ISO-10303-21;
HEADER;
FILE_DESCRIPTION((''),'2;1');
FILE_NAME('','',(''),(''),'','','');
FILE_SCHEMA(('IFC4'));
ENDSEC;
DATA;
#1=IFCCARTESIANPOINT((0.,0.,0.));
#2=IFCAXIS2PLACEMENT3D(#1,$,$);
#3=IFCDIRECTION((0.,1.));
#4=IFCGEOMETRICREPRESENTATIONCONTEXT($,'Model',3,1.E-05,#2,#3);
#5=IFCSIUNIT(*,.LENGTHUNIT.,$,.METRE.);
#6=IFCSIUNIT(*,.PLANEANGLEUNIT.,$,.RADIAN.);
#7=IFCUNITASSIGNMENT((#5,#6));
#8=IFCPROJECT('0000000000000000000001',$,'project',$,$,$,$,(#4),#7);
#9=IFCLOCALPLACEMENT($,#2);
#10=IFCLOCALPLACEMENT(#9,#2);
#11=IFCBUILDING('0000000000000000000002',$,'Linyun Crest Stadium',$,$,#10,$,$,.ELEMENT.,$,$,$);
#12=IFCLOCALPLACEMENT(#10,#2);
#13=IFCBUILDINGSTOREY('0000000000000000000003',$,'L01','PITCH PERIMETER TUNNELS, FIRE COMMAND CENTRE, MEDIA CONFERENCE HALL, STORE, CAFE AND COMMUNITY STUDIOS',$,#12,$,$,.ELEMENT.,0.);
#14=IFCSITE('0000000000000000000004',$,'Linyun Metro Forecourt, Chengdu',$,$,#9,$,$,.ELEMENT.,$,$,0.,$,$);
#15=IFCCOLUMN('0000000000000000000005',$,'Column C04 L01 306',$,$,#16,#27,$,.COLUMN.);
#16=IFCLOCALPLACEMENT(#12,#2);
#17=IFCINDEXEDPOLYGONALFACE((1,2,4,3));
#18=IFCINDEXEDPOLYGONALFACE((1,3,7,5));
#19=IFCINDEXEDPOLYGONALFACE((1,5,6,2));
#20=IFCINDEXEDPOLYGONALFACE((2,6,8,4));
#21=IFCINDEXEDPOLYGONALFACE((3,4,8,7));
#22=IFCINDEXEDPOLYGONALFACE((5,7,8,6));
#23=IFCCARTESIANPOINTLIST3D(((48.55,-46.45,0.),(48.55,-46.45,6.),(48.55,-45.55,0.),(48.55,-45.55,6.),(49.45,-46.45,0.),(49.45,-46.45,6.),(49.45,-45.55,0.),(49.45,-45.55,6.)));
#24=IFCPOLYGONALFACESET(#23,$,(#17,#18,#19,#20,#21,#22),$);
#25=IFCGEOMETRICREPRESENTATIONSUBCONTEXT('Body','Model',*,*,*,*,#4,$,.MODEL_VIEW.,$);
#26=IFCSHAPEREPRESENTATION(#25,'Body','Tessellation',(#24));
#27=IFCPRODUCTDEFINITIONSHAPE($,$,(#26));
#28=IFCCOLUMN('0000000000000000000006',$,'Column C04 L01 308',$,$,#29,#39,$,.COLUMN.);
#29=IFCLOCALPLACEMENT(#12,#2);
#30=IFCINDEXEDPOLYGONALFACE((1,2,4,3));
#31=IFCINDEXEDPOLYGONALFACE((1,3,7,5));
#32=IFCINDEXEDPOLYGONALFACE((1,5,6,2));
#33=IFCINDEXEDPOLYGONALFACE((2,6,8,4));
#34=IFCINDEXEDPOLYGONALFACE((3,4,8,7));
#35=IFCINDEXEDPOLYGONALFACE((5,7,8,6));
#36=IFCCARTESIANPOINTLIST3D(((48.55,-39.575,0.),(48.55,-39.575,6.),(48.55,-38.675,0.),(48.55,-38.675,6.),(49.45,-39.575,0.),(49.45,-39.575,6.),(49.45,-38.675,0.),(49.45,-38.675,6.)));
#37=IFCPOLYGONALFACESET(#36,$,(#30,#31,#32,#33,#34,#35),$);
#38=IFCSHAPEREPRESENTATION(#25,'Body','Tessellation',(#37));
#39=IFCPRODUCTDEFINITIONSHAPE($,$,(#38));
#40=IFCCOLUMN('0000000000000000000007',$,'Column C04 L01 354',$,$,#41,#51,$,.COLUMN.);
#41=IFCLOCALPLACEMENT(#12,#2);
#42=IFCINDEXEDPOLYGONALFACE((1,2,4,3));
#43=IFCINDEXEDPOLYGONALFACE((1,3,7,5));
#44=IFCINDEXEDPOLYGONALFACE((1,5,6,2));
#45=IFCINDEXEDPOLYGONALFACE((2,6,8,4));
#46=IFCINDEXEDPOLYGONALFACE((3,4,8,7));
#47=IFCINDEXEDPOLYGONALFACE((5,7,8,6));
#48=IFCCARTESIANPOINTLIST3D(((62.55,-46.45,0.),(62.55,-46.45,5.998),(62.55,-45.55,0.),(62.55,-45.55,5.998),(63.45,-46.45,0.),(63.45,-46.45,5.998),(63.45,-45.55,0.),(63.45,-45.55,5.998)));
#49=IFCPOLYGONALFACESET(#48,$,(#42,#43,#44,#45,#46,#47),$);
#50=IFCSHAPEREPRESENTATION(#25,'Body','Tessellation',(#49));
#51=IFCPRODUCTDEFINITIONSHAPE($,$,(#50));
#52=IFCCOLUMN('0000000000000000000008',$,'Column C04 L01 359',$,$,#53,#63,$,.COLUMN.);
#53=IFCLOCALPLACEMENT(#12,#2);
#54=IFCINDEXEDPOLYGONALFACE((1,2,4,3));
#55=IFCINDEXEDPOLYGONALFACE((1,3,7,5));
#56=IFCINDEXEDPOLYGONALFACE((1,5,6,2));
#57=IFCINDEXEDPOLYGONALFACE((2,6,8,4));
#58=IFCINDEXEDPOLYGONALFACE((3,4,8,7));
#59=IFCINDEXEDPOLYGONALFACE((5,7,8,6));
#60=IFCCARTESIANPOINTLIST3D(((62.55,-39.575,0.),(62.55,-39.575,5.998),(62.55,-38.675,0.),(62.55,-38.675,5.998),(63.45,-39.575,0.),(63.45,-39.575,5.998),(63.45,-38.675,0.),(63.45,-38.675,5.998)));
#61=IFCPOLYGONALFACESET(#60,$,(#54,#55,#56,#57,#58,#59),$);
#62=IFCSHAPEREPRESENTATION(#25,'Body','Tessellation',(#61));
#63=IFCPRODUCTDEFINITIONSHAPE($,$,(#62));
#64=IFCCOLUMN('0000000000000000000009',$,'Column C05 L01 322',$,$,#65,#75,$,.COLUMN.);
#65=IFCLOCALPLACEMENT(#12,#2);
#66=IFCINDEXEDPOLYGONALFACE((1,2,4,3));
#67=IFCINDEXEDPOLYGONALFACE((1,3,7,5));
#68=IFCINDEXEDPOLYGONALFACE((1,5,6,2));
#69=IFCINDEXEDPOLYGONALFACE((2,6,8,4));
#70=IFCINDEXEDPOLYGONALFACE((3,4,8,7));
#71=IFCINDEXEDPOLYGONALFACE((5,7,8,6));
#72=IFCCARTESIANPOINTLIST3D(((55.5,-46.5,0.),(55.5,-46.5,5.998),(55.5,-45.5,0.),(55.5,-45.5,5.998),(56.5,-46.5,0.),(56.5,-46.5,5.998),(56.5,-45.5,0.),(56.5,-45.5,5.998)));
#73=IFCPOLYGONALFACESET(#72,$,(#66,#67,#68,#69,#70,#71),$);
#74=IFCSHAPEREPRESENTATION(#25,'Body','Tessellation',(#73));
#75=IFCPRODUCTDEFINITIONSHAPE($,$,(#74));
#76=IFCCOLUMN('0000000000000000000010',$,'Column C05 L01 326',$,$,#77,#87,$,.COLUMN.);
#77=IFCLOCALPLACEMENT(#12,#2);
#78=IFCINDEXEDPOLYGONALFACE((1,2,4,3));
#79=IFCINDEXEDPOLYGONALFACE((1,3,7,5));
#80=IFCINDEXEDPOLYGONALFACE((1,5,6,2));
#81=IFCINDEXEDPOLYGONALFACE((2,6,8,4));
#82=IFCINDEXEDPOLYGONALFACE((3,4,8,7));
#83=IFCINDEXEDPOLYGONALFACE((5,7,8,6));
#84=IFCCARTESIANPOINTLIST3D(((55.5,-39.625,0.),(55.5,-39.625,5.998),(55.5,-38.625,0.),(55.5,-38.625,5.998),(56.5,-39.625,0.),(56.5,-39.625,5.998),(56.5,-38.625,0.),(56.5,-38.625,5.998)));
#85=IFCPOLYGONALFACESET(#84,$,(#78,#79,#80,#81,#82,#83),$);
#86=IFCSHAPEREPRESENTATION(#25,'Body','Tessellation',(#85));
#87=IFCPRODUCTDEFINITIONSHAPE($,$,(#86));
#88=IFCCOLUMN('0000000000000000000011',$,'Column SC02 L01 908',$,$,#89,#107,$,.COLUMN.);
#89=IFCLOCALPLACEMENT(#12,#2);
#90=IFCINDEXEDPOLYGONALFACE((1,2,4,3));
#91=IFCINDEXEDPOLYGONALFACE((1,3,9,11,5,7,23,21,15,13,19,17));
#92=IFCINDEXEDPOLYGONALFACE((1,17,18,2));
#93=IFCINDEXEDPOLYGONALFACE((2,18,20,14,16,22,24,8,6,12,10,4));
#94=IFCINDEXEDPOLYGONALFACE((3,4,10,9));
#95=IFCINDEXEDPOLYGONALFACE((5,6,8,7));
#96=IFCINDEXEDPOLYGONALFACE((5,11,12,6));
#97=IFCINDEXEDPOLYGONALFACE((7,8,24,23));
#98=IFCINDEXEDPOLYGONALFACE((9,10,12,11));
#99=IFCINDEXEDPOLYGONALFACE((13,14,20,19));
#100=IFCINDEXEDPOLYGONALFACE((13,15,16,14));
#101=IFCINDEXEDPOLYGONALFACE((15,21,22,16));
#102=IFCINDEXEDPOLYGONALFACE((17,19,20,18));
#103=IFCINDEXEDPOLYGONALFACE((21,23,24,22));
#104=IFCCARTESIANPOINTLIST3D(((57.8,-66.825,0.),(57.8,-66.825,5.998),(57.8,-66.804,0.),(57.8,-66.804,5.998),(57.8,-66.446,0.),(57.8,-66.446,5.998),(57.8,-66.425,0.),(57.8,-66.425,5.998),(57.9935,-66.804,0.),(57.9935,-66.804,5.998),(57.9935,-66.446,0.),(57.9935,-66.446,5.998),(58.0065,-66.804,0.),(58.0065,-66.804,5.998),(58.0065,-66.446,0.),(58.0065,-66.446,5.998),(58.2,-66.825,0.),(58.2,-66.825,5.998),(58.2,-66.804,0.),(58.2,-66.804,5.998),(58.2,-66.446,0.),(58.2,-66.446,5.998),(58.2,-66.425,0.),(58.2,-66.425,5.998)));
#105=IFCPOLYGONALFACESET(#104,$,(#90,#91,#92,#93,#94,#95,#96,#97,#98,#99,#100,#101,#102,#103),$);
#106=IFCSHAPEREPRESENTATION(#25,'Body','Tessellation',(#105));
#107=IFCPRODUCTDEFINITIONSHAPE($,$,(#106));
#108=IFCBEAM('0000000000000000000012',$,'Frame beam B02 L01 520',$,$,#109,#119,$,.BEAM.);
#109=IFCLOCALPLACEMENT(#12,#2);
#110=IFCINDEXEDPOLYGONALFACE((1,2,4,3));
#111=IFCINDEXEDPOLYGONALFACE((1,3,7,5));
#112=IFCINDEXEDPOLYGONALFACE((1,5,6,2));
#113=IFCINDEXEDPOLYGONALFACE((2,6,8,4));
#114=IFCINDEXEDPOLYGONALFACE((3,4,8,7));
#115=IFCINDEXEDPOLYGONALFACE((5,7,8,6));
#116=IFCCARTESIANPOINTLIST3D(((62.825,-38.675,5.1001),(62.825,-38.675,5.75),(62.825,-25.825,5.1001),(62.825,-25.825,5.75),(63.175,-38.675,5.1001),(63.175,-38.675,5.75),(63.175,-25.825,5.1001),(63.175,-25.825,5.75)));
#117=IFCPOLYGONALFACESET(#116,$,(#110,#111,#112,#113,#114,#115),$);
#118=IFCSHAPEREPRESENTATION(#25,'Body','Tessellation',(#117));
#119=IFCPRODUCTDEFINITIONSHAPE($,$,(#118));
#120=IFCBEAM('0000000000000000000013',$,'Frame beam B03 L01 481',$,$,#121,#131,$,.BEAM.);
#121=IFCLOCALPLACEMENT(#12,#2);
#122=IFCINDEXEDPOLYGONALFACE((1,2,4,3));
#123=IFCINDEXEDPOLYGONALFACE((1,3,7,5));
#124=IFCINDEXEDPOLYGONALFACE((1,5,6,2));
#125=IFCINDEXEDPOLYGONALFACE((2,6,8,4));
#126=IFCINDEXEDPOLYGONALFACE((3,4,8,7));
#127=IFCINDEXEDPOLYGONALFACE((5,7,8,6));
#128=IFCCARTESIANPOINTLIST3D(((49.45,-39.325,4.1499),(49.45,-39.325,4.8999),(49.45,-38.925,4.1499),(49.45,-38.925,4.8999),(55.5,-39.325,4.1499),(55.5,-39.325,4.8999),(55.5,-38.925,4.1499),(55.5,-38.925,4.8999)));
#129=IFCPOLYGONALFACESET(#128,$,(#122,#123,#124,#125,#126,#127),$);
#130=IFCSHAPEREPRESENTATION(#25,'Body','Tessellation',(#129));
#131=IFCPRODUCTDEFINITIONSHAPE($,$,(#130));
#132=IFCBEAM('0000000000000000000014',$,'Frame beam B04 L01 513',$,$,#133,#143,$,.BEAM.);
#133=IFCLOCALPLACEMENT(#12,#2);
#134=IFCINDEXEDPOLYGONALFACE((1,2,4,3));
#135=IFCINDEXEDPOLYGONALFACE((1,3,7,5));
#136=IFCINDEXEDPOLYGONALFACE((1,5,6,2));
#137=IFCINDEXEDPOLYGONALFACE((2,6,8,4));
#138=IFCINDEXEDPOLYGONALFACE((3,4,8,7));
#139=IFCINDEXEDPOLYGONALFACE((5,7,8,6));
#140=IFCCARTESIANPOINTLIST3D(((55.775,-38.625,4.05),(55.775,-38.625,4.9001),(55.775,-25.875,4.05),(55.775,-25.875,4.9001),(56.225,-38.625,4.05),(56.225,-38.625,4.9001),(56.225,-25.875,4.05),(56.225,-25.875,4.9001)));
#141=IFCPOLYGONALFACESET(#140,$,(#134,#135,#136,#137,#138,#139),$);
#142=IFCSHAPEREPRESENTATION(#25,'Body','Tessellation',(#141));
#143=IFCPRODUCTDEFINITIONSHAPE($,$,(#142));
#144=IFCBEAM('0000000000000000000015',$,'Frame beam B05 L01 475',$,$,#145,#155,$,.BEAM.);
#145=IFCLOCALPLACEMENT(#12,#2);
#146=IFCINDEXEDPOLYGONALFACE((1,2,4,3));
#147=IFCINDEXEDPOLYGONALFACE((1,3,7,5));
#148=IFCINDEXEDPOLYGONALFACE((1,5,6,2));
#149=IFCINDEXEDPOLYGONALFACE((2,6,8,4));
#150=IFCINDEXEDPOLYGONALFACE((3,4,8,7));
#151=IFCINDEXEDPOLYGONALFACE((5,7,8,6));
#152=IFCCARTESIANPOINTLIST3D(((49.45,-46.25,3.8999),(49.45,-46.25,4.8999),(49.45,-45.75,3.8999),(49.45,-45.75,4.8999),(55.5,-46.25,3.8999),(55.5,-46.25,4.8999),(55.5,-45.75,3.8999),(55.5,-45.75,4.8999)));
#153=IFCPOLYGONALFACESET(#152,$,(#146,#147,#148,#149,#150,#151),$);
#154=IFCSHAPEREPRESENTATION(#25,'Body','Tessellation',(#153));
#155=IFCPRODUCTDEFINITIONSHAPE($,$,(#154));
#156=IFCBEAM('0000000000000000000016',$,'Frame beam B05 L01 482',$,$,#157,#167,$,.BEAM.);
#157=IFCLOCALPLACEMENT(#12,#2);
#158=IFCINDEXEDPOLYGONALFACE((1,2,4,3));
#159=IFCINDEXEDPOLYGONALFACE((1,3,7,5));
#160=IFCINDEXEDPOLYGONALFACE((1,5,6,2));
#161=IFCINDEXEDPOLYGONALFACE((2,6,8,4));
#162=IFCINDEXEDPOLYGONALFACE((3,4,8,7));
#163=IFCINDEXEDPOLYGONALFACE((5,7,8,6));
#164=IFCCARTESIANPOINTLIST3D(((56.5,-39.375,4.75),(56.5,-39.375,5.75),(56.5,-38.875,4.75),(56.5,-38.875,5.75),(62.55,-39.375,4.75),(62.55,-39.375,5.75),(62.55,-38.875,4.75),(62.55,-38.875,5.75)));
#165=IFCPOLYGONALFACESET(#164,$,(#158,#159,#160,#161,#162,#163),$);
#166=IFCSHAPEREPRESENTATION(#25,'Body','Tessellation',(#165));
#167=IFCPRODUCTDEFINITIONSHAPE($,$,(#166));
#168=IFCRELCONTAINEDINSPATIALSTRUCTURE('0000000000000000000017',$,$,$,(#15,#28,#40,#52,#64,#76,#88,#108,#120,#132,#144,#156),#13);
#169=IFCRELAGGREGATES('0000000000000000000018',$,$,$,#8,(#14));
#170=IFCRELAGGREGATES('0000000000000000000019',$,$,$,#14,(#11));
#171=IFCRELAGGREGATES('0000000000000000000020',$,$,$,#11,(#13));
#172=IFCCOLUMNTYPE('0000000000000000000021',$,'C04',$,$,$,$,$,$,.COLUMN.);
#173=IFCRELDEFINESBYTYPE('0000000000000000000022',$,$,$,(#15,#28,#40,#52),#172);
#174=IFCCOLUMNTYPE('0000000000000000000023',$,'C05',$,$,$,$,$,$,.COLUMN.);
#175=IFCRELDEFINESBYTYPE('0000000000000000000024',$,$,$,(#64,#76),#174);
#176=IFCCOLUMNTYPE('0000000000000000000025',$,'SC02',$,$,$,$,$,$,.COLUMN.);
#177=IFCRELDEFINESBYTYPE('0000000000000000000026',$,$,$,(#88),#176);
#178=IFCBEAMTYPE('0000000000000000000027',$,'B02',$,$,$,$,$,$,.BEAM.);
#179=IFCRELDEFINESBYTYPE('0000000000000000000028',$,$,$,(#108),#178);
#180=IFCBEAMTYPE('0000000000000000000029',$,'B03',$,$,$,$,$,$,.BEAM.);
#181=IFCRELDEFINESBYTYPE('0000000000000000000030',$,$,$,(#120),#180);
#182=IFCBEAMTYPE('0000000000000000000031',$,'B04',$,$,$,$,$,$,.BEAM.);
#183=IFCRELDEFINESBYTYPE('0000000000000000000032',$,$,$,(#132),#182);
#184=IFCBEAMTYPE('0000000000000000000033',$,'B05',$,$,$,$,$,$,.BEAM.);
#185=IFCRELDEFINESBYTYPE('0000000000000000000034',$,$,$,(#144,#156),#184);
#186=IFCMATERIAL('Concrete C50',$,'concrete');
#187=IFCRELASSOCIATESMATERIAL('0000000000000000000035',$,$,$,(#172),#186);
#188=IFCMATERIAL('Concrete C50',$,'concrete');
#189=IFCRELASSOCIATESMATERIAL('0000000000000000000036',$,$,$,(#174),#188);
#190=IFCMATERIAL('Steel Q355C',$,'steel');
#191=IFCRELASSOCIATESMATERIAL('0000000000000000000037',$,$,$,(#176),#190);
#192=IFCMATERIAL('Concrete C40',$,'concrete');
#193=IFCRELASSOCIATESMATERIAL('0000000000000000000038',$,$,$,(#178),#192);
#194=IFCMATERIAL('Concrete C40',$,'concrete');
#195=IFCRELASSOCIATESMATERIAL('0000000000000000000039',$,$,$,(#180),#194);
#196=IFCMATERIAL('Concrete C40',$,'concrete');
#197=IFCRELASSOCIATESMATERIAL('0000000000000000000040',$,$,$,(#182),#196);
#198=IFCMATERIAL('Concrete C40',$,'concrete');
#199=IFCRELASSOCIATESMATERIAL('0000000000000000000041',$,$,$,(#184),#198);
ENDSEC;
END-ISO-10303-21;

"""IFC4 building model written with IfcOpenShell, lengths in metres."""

from ifc_helpers import new_model, si_unit, direction, frame, origin, origin_2d, place, context, subcontext, project, spatial, rectangle, i_section, extrude, material, material_profile, profile_set, type_object, element, save


model = new_model("IFC4")

# Units and contexts
model_context = context("Model", 3, precision=1e-05, world=origin(), true_north=direction((0.0, 1.0)))
body_context = subcontext(model_context, "Body", "Model", "MODEL_VIEW")
ifc_project = project(units=[si_unit("LENGTHUNIT", "METRE"), si_unit("PLANEANGLEUNIT", "RADIAN")], contexts=[model_context])

# Site, building, storey
site_placement = place(None, origin())
site = spatial("IfcSite", under=ifc_project, at=site_placement, Name="Linyun Metro Forecourt, Chengdu", CompositionType="ELEMENT", RefElevation=0.0)
building_placement = place(site_placement, origin())
building = spatial("IfcBuilding", under=site, at=building_placement, Name="Linyun Crest Stadium", CompositionType="ELEMENT")
storey_placement = place(building_placement, origin())
storey = spatial("IfcBuildingStorey", under=building, at=storey_placement, Name="L01", Description="PITCH PERIMETER TUNNELS, FIRE COMMAND CENTRE, MEDIA CONFERENCE HALL, STORE, CAFE AND COMMUNITY STUDIOS", CompositionType="ELEMENT", Elevation=0.0)

# Columns
ifc_material_1 = material(Name="Concrete C50", Category="concrete")
ifc_material_profile_1 = material_profile(ifc_material_1, rectangle(XDim=0.8999, YDim=0.8999, at=origin_2d()), Name="RC 900x900")
ifc_profile_set_1 = profile_set([ifc_material_profile_1], Name="Concrete C50")
column_type_1 = type_object("IfcColumnType", Name="C04", PredefinedType="COLUMN", material=ifc_profile_set_1)
for number, where, z_axis, x_axis, name in (
    (1, (49.0, -46.0, 0.0), (0.0, 0.0, 1.0), (1.0, 0.0, 0.0), "Column C04 L01 306"),
    (2, (49.0, -39.125, 0.0), (0.0, 0.0, 1.0), (1.0, 0.0, 0.0), "Column C04 L01 308"),
):
    element("IfcColumn", number, at=place(storey_placement, frame(where, z_axis=z_axis, x_axis=x_axis)), inside=storey, type_object=column_type_1, Name=name, PredefinedType="COLUMN", context=body_context, shape_type="SweptSolid", body=[
        extrude(rectangle(XDim=0.8999, YDim=0.8999, at=origin_2d()), origin(), (0.0, 0.0, 1.0), 6.0),
    ])
for number, where, z_axis, x_axis, name in (
    (3, (63.0, -46.0, 0.0), (0.0, 0.0, 1.0), (1.0, 0.0, 0.0), "Column C04 L01 354"),
    (4, (63.0, -39.125, 0.0), (0.0, 0.0, 1.0), (1.0, 0.0, 0.0), "Column C04 L01 359"),
):
    element("IfcColumn", number, at=place(storey_placement, frame(where, z_axis=z_axis, x_axis=x_axis)), inside=storey, type_object=column_type_1, Name=name, PredefinedType="COLUMN", context=body_context, shape_type="SweptSolid", body=[
        extrude(rectangle(XDim=0.8999, YDim=0.8999, at=origin_2d()), origin(), (0.0, 0.0, 1.0), 5.998),
    ])
ifc_material_2 = material(Name="Concrete C50", Category="concrete")
ifc_material_profile_2 = material_profile(ifc_material_2, rectangle(XDim=1.0, YDim=1.0, at=origin_2d()), Name="RC 1000x1000")
ifc_profile_set_2 = profile_set([ifc_material_profile_2], Name="Concrete C50")
column_type_2 = type_object("IfcColumnType", Name="C05", PredefinedType="COLUMN", material=ifc_profile_set_2)
for number, where, z_axis, x_axis, name in (
    (5, (56.0, -46.0, 0.0), (0.0, 0.0, 1.0), (1.0, 0.0, 0.0), "Column C05 L01 322"),
    (6, (56.0, -39.125, 0.0), (0.0, 0.0, 1.0), (1.0, 0.0, 0.0), "Column C05 L01 326"),
):
    element("IfcColumn", number, at=place(storey_placement, frame(where, z_axis=z_axis, x_axis=x_axis)), inside=storey, type_object=column_type_2, Name=name, PredefinedType="COLUMN", context=body_context, shape_type="SweptSolid", body=[
        extrude(rectangle(XDim=1.0, YDim=1.0, at=origin_2d()), origin(), (0.0, 0.0, 1.0), 5.998),
    ])
ifc_material_3 = material(Name="Steel Q355C", Category="steel")
ifc_material_profile_3 = material_profile(ifc_material_3, i_section(OverallWidth=0.3999, OverallDepth=0.3999, WebThickness=0.0129, FlangeThickness=0.021, at=origin_2d()), Name="HW 400x400")
ifc_profile_set_3 = profile_set([ifc_material_profile_3], Name="Steel Q355C")
column_type_3 = type_object("IfcColumnType", Name="SC02", PredefinedType="COLUMN", material=ifc_profile_set_3)
column_placement = place(storey_placement, frame((58.0, -66.625, 0.0), z_axis=(0.0, 0.0, 1.0), x_axis=(1.0, 0.0, 0.0)))
element("IfcColumn", 7, at=column_placement, inside=storey, type_object=column_type_3, Name="Column SC02 L01 908", PredefinedType="COLUMN", context=body_context, shape_type="SweptSolid", body=[
    extrude(i_section(OverallWidth=0.3999, OverallDepth=0.3999, WebThickness=0.0129, FlangeThickness=0.021, at=origin_2d()), origin(), (0.0, 0.0, 1.0), 5.998),
])

# Beams
ifc_material_4 = material(Name="Concrete C40", Category="concrete")
ifc_material_profile_4 = material_profile(ifc_material_4, rectangle(XDim=0.3501, YDim=0.6499, at=origin_2d()), Name="RCB 650x350")
ifc_profile_set_4 = profile_set([ifc_material_profile_4], Name="Concrete C40")
beam_type_1 = type_object("IfcBeamType", Name="B02", PredefinedType="BEAM", material=ifc_profile_set_4)
beam_1_placement = place(storey_placement, frame((63.0, -38.675, 5.425), z_axis=(0.0, 1.0, 0.0), x_axis=(-1.0, 0.0, 0.0)))
element("IfcBeam", 8, at=beam_1_placement, inside=storey, type_object=beam_type_1, Name="Frame beam B02 L01 520", PredefinedType="BEAM", context=body_context, shape_type="SweptSolid", body=[
    extrude(rectangle(XDim=0.3501, YDim=0.6499, at=origin_2d()), origin(), (0.0, 0.0, 1.0), 12.8501),
])
ifc_material_5 = material(Name="Concrete C40", Category="concrete")
ifc_material_profile_5 = material_profile(ifc_material_5, rectangle(XDim=0.3999, YDim=0.75, at=origin_2d()), Name="RCB 750x400")
ifc_profile_set_5 = profile_set([ifc_material_profile_5], Name="Concrete C40")
beam_type_2 = type_object("IfcBeamType", Name="B03", PredefinedType="BEAM", material=ifc_profile_set_5)
beam_2_placement = place(storey_placement, frame((49.45, -39.125, 4.5249), z_axis=(1.0, 0.0, 0.0), x_axis=(0.0, 1.0, 0.0)))
element("IfcBeam", 9, at=beam_2_placement, inside=storey, type_object=beam_type_2, Name="Frame beam B03 L01 481", PredefinedType="BEAM", context=body_context, shape_type="SweptSolid", body=[
    extrude(rectangle(XDim=0.3999, YDim=0.75, at=origin_2d()), origin(), (0.0, 0.0, 1.0), 6.05),
])
ifc_material_6 = material(Name="Concrete C40", Category="concrete")
ifc_material_profile_6 = material_profile(ifc_material_6, rectangle(XDim=0.45, YDim=0.8501, at=origin_2d()), Name="RCB 850x450")
ifc_profile_set_6 = profile_set([ifc_material_profile_6], Name="Concrete C40")
beam_type_3 = type_object("IfcBeamType", Name="B04", PredefinedType="BEAM", material=ifc_profile_set_6)
beam_3_placement = place(storey_placement, frame((56.0, -38.625, 4.4751), z_axis=(0.0, 1.0, 0.0), x_axis=(-1.0, 0.0, 0.0)))
element("IfcBeam", 10, at=beam_3_placement, inside=storey, type_object=beam_type_3, Name="Frame beam B04 L01 513", PredefinedType="BEAM", context=body_context, shape_type="SweptSolid", body=[
    extrude(rectangle(XDim=0.45, YDim=0.8501, at=origin_2d()), origin(), (0.0, 0.0, 1.0), 12.75),
])
ifc_material_7 = material(Name="Concrete C40", Category="concrete")
ifc_material_profile_7 = material_profile(ifc_material_7, rectangle(XDim=0.5, YDim=1.0, at=origin_2d()), Name="RCB 1000x500")
ifc_profile_set_7 = profile_set([ifc_material_profile_7], Name="Concrete C40")
beam_type_4 = type_object("IfcBeamType", Name="B05", PredefinedType="BEAM", material=ifc_profile_set_7)
for number, where, z_axis, x_axis, name in (
    (11, (49.45, -46.0, 4.3999), (1.0, 0.0, 0.0), (0.0, 1.0, 0.0), "Frame beam B05 L01 475"),
    (12, (56.5, -39.125, 5.25), (1.0, 0.0, 0.0), (0.0, 1.0, 0.0), "Frame beam B05 L01 482"),
):
    element("IfcBeam", number, at=place(storey_placement, frame(where, z_axis=z_axis, x_axis=x_axis)), inside=storey, type_object=beam_type_4, Name=name, PredefinedType="BEAM", context=body_context, shape_type="SweptSolid", body=[
        extrude(rectangle(XDim=0.5, YDim=1.0, at=origin_2d()), origin(), (0.0, 0.0, 1.0), 6.05),
    ])

save(model, "model.ifc")
